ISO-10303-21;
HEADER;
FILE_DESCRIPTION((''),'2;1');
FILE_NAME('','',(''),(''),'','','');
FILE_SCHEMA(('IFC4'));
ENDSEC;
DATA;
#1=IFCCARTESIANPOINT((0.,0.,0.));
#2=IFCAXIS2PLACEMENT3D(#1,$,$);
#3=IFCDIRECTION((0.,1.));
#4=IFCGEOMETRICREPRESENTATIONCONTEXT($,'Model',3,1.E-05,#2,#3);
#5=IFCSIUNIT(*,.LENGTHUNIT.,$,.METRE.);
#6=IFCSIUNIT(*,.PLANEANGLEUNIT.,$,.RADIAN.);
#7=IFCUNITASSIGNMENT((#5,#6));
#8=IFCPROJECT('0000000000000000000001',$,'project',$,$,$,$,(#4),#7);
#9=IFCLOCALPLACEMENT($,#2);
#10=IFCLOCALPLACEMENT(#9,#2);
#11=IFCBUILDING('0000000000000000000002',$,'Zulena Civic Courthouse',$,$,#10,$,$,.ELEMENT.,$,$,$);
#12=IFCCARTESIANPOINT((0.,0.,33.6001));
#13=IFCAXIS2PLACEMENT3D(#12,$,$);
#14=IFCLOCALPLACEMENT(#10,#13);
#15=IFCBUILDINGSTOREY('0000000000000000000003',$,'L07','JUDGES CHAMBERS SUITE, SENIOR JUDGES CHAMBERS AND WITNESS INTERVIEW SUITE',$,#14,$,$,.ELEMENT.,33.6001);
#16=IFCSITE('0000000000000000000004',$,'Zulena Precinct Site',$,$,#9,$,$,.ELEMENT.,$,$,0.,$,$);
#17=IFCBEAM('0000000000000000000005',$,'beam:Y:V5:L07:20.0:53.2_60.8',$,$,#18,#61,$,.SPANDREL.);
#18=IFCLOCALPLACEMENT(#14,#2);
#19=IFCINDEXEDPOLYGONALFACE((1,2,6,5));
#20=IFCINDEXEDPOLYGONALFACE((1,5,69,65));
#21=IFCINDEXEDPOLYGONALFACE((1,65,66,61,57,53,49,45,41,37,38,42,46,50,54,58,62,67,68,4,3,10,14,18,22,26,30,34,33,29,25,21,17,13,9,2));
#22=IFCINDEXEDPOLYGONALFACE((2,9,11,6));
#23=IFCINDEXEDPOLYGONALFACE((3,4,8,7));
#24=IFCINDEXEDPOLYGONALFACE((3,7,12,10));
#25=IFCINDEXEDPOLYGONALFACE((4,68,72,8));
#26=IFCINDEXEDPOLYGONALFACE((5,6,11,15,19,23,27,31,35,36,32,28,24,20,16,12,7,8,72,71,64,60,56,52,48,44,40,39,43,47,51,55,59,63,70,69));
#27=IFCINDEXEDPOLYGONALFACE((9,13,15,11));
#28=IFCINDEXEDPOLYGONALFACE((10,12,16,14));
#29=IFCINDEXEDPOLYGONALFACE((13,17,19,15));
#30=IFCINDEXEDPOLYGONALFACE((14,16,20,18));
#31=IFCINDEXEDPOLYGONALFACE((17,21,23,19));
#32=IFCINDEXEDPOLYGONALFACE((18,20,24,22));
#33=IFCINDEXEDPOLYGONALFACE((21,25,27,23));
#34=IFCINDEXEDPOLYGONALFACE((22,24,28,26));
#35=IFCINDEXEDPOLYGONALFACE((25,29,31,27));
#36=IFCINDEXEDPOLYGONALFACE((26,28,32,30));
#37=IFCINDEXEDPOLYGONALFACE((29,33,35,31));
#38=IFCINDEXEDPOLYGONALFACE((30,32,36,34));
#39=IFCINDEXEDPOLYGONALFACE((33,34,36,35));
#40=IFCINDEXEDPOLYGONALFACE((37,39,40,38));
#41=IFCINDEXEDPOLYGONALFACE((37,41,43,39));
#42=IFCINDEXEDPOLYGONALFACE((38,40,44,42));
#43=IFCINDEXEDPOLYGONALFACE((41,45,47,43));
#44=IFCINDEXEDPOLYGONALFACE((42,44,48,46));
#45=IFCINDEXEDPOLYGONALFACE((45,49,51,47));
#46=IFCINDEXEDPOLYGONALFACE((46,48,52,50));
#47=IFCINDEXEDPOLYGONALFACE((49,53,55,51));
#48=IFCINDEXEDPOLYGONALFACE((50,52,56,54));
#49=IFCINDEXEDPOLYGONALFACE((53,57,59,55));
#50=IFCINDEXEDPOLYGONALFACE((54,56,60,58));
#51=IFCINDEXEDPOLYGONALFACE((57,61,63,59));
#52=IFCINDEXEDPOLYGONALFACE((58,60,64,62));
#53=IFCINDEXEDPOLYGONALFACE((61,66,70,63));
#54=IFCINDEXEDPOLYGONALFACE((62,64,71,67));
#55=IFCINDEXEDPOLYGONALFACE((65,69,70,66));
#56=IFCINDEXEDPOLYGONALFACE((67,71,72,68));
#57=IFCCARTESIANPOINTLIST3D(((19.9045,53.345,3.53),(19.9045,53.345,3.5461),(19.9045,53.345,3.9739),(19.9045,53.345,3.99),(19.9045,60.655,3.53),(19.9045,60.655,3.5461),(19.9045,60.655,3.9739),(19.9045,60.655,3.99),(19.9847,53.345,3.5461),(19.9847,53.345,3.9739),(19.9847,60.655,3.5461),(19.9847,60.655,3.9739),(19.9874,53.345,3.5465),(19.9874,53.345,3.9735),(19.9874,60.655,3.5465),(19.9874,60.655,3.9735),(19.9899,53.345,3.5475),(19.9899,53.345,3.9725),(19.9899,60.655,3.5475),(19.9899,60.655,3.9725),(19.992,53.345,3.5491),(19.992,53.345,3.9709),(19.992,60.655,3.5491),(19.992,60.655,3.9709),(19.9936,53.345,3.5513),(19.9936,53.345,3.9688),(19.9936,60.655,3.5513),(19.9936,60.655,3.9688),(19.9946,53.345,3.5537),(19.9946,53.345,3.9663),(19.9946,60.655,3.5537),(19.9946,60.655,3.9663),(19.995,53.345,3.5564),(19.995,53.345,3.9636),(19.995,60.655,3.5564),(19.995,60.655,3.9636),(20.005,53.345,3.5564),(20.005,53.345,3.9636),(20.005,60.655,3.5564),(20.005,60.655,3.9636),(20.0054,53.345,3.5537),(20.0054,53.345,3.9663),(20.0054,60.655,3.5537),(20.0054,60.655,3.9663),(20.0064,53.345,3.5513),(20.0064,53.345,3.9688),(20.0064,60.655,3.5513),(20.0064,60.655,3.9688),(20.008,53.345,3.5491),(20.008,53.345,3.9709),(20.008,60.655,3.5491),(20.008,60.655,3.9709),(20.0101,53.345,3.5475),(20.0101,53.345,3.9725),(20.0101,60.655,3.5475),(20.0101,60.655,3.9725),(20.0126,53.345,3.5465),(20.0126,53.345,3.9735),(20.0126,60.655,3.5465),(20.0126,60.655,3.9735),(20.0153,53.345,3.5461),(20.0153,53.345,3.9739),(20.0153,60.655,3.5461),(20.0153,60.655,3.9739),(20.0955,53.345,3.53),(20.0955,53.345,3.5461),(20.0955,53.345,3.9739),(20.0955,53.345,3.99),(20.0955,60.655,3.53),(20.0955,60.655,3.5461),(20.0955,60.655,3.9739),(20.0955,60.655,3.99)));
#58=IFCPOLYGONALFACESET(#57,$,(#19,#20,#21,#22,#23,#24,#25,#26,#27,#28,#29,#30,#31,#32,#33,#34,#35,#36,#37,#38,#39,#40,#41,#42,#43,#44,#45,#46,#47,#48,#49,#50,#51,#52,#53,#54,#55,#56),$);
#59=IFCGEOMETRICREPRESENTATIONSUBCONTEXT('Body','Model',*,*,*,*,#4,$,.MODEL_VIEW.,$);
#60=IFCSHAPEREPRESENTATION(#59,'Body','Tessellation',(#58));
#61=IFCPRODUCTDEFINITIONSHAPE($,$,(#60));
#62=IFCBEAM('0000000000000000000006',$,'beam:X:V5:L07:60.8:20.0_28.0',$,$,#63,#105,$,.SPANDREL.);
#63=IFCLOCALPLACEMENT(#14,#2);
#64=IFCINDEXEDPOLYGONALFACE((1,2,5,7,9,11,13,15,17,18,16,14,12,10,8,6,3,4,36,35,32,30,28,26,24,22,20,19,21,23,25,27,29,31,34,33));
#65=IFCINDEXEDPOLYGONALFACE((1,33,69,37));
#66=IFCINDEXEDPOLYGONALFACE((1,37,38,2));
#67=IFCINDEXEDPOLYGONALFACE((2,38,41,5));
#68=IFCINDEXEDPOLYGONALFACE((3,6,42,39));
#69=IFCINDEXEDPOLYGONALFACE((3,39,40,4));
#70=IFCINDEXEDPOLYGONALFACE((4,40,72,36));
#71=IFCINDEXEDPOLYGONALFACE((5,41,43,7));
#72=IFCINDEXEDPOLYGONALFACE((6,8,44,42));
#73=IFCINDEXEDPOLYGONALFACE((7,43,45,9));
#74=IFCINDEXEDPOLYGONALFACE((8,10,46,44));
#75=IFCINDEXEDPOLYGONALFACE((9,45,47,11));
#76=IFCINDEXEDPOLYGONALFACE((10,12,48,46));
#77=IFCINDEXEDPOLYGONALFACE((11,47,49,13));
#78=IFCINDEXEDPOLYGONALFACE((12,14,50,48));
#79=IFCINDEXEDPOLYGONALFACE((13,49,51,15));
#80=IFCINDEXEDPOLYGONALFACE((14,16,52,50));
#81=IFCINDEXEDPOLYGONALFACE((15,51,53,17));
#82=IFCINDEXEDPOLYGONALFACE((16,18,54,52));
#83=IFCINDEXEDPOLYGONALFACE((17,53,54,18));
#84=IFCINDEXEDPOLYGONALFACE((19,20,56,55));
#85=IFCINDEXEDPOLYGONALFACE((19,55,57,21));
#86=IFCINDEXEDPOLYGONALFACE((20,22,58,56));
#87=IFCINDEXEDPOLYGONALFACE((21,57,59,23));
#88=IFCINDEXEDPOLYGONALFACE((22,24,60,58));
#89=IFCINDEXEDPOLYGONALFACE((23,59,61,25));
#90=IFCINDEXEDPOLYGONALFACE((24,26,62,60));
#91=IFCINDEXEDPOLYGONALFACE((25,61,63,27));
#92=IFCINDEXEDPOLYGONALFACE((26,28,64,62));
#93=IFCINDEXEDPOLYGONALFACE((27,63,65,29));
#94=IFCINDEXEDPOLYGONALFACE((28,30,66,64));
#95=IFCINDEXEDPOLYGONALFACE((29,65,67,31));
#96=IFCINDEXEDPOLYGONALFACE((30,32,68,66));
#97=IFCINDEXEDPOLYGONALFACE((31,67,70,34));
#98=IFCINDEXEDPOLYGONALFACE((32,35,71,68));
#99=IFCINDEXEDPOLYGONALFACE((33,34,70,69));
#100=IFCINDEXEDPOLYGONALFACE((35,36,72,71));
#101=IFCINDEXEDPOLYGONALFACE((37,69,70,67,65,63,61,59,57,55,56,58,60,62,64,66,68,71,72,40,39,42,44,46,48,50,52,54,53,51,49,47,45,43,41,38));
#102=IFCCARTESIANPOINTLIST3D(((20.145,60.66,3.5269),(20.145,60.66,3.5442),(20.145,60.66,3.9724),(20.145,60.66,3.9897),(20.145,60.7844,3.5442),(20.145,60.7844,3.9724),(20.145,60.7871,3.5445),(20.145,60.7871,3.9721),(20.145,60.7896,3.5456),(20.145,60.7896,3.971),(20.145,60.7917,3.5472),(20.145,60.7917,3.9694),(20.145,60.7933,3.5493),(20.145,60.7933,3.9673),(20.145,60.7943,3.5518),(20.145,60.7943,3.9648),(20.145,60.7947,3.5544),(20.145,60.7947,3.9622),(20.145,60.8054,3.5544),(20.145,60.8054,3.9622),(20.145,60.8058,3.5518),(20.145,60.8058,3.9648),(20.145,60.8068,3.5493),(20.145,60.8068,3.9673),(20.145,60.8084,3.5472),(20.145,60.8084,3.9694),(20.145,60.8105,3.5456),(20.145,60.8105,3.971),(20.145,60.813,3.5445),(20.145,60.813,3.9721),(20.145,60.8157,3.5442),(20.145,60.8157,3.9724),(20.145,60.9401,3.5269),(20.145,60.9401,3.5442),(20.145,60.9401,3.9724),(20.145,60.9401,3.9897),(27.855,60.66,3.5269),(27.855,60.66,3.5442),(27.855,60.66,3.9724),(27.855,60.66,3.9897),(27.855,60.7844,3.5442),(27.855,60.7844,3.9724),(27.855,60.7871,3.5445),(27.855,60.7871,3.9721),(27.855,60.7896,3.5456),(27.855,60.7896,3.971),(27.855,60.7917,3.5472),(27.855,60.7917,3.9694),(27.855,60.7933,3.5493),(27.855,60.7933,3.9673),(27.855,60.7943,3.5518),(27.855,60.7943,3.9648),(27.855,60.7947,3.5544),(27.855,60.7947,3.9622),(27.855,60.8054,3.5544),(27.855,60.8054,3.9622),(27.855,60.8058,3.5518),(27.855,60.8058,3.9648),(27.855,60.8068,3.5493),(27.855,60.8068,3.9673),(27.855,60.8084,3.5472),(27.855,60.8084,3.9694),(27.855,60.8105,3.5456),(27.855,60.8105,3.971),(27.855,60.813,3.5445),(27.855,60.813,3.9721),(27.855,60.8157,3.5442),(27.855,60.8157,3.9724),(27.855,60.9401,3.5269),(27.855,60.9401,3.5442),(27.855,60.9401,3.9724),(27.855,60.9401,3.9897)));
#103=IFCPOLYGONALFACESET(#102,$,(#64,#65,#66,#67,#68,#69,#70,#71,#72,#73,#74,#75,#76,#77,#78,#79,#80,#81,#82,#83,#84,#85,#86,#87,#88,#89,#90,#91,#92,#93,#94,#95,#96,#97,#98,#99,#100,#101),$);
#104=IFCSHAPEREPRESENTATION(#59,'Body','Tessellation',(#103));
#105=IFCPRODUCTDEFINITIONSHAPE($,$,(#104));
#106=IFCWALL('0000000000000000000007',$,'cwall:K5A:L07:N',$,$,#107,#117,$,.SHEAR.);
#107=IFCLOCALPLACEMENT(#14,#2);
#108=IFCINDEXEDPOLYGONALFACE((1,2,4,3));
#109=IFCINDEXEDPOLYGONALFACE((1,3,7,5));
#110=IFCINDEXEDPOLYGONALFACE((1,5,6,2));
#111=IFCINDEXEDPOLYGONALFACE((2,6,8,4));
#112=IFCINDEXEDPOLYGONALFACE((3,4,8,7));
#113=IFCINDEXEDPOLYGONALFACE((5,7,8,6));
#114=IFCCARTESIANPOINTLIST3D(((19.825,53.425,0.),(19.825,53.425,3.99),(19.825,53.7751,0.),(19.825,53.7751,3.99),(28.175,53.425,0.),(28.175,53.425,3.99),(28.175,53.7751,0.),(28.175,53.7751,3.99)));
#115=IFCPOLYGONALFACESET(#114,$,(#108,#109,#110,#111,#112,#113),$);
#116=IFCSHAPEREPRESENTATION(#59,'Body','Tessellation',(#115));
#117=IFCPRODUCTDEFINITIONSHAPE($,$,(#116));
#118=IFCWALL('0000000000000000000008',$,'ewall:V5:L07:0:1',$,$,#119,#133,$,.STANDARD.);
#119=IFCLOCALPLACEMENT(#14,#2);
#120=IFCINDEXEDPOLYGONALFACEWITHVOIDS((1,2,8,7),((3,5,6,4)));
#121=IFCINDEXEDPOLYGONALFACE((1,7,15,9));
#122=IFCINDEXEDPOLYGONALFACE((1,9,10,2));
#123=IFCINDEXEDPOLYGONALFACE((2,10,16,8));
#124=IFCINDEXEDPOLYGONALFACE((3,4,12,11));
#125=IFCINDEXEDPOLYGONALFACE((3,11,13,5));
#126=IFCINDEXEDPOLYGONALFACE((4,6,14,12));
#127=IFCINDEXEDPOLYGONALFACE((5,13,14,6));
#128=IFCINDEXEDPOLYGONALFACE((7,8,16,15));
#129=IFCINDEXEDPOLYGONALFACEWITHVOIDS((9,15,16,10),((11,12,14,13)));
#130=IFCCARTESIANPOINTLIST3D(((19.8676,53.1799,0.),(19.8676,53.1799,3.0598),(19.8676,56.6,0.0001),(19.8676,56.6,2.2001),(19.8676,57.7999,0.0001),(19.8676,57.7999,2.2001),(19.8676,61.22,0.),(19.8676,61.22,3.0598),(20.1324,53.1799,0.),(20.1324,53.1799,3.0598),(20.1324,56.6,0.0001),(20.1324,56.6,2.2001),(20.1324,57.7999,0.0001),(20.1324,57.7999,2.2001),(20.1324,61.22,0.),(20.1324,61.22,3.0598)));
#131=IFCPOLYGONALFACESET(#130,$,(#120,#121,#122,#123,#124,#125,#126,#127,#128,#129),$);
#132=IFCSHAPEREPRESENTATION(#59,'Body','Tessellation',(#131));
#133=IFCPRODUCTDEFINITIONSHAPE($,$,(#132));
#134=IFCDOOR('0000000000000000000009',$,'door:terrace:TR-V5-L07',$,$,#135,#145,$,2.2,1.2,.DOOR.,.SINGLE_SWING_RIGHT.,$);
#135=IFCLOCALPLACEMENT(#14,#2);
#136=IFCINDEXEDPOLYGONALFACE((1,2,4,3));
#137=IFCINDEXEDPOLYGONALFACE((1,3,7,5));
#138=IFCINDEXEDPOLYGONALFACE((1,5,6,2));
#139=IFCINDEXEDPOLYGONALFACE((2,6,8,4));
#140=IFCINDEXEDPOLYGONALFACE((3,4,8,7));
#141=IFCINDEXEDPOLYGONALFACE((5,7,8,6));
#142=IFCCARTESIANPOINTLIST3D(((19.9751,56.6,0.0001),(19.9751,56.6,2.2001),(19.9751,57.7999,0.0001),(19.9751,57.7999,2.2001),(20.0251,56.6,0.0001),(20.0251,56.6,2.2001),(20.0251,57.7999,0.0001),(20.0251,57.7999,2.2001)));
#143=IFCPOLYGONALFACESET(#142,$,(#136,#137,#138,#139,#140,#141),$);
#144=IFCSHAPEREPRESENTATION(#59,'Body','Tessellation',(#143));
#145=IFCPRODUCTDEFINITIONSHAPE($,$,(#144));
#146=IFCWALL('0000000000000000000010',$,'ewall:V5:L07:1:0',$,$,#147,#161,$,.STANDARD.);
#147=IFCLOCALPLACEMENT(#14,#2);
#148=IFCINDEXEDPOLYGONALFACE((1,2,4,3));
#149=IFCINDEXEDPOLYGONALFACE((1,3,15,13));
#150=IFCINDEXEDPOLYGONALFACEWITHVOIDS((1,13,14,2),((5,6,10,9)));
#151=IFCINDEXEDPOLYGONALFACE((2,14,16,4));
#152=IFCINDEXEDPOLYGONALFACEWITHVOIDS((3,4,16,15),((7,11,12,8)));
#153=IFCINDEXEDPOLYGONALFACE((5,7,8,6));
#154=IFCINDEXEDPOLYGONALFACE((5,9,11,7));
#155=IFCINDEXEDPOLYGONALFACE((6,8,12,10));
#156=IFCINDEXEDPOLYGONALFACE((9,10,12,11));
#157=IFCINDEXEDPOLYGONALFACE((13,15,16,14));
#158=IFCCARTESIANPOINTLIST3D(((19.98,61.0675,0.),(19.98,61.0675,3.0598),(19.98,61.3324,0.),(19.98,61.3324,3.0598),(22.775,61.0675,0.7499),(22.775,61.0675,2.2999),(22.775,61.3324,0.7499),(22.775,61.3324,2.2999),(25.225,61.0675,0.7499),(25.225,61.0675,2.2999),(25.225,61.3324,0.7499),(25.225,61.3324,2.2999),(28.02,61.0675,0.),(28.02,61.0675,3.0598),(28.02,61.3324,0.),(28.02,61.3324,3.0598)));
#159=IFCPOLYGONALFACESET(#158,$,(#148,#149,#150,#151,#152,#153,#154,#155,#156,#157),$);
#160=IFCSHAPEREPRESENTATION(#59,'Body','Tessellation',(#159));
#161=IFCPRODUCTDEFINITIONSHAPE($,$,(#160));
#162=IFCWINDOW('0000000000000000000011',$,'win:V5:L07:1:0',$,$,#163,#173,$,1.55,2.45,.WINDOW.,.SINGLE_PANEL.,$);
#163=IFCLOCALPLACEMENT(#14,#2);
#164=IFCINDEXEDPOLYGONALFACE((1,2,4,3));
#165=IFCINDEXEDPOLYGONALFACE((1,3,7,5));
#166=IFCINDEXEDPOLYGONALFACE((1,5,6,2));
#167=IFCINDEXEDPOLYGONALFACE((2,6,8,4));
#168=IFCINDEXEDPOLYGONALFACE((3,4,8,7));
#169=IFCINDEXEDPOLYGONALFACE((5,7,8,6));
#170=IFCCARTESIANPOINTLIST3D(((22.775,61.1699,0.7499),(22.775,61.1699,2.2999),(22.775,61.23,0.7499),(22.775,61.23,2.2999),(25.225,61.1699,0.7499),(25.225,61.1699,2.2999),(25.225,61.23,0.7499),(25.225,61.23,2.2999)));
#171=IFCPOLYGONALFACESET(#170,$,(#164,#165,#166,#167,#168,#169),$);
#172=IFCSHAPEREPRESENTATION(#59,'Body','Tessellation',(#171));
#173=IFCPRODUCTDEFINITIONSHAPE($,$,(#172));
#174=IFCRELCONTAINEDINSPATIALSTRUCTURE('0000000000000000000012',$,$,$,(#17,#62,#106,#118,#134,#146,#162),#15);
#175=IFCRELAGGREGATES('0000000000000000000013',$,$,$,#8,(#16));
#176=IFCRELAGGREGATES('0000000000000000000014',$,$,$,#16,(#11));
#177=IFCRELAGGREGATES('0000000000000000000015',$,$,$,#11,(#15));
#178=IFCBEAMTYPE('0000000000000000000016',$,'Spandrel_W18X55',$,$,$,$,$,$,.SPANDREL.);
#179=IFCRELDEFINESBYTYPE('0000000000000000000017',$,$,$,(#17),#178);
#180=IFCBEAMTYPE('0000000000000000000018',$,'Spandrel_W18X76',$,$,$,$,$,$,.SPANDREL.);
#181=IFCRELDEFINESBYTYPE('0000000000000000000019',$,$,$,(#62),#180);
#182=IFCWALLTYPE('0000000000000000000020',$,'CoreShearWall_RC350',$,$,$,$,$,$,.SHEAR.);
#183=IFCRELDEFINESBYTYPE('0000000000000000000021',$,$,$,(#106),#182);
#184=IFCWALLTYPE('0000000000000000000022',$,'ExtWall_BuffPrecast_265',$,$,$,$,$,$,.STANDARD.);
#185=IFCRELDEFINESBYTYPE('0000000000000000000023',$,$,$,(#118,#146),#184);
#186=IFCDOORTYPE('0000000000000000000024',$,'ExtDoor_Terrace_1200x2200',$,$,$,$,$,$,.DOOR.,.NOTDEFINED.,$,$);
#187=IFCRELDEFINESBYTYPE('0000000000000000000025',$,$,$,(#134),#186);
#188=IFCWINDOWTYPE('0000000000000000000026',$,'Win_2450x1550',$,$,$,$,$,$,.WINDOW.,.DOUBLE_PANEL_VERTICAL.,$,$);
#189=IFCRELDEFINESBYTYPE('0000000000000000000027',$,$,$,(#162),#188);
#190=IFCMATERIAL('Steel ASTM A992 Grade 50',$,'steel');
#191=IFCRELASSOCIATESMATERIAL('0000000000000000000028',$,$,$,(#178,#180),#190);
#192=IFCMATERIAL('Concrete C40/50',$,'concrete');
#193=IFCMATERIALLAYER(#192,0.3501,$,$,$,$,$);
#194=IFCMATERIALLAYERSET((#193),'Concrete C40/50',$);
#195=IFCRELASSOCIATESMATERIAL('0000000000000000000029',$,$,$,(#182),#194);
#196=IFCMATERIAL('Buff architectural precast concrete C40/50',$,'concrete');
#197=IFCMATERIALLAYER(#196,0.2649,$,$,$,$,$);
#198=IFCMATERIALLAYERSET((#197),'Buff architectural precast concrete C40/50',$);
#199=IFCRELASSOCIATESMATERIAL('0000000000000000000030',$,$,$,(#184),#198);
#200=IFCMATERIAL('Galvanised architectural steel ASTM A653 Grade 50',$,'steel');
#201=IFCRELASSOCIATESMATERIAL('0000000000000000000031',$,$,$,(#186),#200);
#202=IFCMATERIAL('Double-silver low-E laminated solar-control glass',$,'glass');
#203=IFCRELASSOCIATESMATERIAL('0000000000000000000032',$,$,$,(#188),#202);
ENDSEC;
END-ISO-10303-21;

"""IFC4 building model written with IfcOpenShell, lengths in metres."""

from ifc_helpers import new_model, si_unit, direction, frame, frame_2d, origin, origin_2d, place, context, subcontext, project, spatial, rectangle, i_section, extrude, material, layer, layer_set, material_profile, profile_set, type_object, element, fill, save


model = new_model("IFC4")

# Units and contexts
model_context = context("Model", 3, precision=1e-05, world=origin(), true_north=direction((0.0, 1.0)))
body_context = subcontext(model_context, "Body", "Model", "MODEL_VIEW")
ifc_project = project(units=[si_unit("LENGTHUNIT", "METRE"), si_unit("PLANEANGLEUNIT", "RADIAN")], contexts=[model_context])

# Site, building, storey
site_placement = place(None, origin())
site = spatial("IfcSite", under=ifc_project, at=site_placement, Name="Zulena Precinct Site", CompositionType="ELEMENT", RefElevation=0.0)
building_placement = place(site_placement, origin())
building = spatial("IfcBuilding", under=site, at=building_placement, Name="Zulena Civic Courthouse", CompositionType="ELEMENT")
storey_placement = place(building_placement, frame((0.0, 0.0, 33.6001)))
storey = spatial("IfcBuildingStorey", under=building, at=storey_placement, Name="L07", Description="JUDGES CHAMBERS SUITE, SENIOR JUDGES CHAMBERS AND WITNESS INTERVIEW SUITE", CompositionType="ELEMENT", Elevation=33.6001)

# Shared definitions
ifc_material_1 = material(Name="Steel ASTM A992 Grade 50", Category="steel")

# Beams
ifc_material_profile_1 = material_profile(ifc_material_1, i_section(OverallWidth=0.1909, OverallDepth=0.46, WebThickness=0.01, FlangeThickness=0.0161, FilletRadius=0.0103, at=origin_2d()), Name="W18X55")
ifc_profile_set_1 = profile_set([ifc_material_profile_1], Name="Steel ASTM A992 Grade 50")
beam_type_1 = type_object("IfcBeamType", Name="Spandrel_W18X55", PredefinedType="SPANDREL", material=ifc_profile_set_1)
beam_1_placement = place(storey_placement, frame((20.0, 53.345, 3.76), z_axis=(0.0, 1.0, 0.0), x_axis=(-1.0, 0.0, 0.0)))
element("IfcBeam", 1, at=beam_1_placement, inside=storey, type_object=beam_type_1, Name="beam:Y:V5:L07:20.0:53.2_60.8", PredefinedType="SPANDREL", context=body_context, shape_type="SweptSolid", body=[
    extrude(i_section(OverallWidth=0.1909, OverallDepth=0.46, WebThickness=0.01, FlangeThickness=0.0161, FilletRadius=0.0103, at=origin_2d()), origin(), (0.0, 0.0, 1.0), 7.3101),
])
ifc_material_profile_2 = material_profile(ifc_material_1, i_section(OverallWidth=0.28, OverallDepth=0.4629, WebThickness=0.0107, FlangeThickness=0.0173, FilletRadius=0.0103, at=origin_2d()), Name="W18X76")
ifc_profile_set_2 = profile_set([ifc_material_profile_2], Name="Steel ASTM A992 Grade 50")
beam_type_2 = type_object("IfcBeamType", Name="Spandrel_W18X76", PredefinedType="SPANDREL", material=ifc_profile_set_2)
beam_2_placement = place(storey_placement, frame((20.145, 60.8, 3.7583), z_axis=(1.0, 0.0, 0.0), x_axis=(0.0, 1.0, 0.0)))
element("IfcBeam", 2, at=beam_2_placement, inside=storey, type_object=beam_type_2, Name="beam:X:V5:L07:60.8:20.0_28.0", PredefinedType="SPANDREL", context=body_context, shape_type="SweptSolid", body=[
    extrude(i_section(OverallWidth=0.28, OverallDepth=0.4629, WebThickness=0.0107, FlangeThickness=0.0173, FilletRadius=0.0103, at=origin_2d()), origin(), (0.0, 0.0, 1.0), 7.71),
])

# Wall
ifc_material_2 = material(Name="Concrete C40/50", Category="concrete")
ifc_layer_1 = layer(ifc_material_2, 0.3501)
ifc_layer_set_1 = layer_set([ifc_layer_1], Name="Concrete C40/50")
wall_type_1 = type_object("IfcWallType", Name="CoreShearWall_RC350", PredefinedType="SHEAR", material=ifc_layer_set_1)
wall_1_placement = place(storey_placement, frame((19.825, 53.6001, 0.0), z_axis=(0.0, 0.0, 1.0), x_axis=(1.0, 0.0, 0.0)))
element("IfcWall", 3, at=wall_1_placement, inside=storey, type_object=wall_type_1, Name="cwall:K5A:L07:N", PredefinedType="SHEAR", context=body_context, shape_type="SweptSolid", body=[
    extrude(rectangle(XDim=8.3501, YDim=0.3501, at=frame_2d((4.175, 0.0))), origin(), (0.0, 0.0, 1.0), 3.99),
])

# Wall, opening, door
ifc_material_3 = material(Name="Buff architectural precast concrete C40/50", Category="concrete")
ifc_layer_2 = layer(ifc_material_3, 0.2649)
ifc_layer_set_2 = layer_set([ifc_layer_2], Name="Buff architectural precast concrete C40/50")
wall_type_2 = type_object("IfcWallType", Name="ExtWall_BuffPrecast_265", PredefinedType="STANDARD", material=ifc_layer_set_2)
wall_2_placement = place(storey_placement, frame((20.0, 53.1799, 0.0), z_axis=(0.0, 0.0, 1.0), x_axis=(0.0, 1.0, 0.0)))
wall_2 = element("IfcWall", 4, at=wall_2_placement, inside=storey, type_object=wall_type_2, Name="ewall:V5:L07:0:1", PredefinedType="STANDARD", context=body_context, shape_type="SweptSolid", body=[
    extrude(rectangle(XDim=8.04, YDim=0.2649, at=frame_2d((4.02, 0.0))), origin(), (0.0, 0.0, 1.0), 3.0598),
])
opening_1_placement = place(wall_2_placement, frame((3.4199, 0.0, 0.0)))
opening_1 = element("IfcOpeningElement", 5, at=opening_1_placement, cuts=wall_2, PredefinedType="OPENING", context=body_context, shape_type="SweptSolid", body=[
    extrude(rectangle(XDim=1.2, YDim=2.2, at=frame_2d((0.6001, 1.1001))), frame((0.0, 0.1423, 0.0), z_axis=(0.0, -1.0, 0.0), x_axis=(1.0, 0.0, 0.0)), (0.0, 0.0, 1.0), 0.2849),
])
ifc_material_4 = material(Name="Galvanised architectural steel ASTM A653 Grade 50", Category="steel")
door_type_1 = type_object("IfcDoorType", Name="ExtDoor_Terrace_1200x2200", OperationType="NOTDEFINED", PredefinedType="DOOR", material=ifc_material_4)
door_1_placement = place(opening_1_placement, origin())
door_1 = element("IfcDoor", 6, at=door_1_placement, inside=storey, type_object=door_type_1, Name="door:terrace:TR-V5-L07", OperationType="SINGLE_SWING_RIGHT", OverallHeight=2.2, OverallWidth=1.2, PredefinedType="DOOR", context=body_context, shape_type="SweptSolid", body=[
    extrude(rectangle(XDim=1.2, YDim=2.2, at=frame_2d((0.6001, 1.1001))), frame((0.0, 0.0249, 0.0), z_axis=(0.0, -1.0, 0.0), x_axis=(1.0, 0.0, 0.0)), (0.0, 0.0, 1.0), 0.05),
])
fill(opening_1, door_1)

# Wall, opening, window
wall_3_placement = place(storey_placement, frame((19.98, 61.2, 0.0), z_axis=(0.0, 0.0, 1.0), x_axis=(1.0, 0.0, 0.0)))
wall_3 = element("IfcWall", 7, at=wall_3_placement, inside=storey, type_object=wall_type_2, Name="ewall:V5:L07:1:0", PredefinedType="STANDARD", context=body_context, shape_type="SweptSolid", body=[
    extrude(rectangle(XDim=8.04, YDim=0.2649, at=frame_2d((4.02, 0.0))), origin(), (0.0, 0.0, 1.0), 3.0598),
])
opening_2_placement = place(wall_3_placement, frame((2.7949, 0.0, 0.75)))
opening_2 = element("IfcOpeningElement", 8, at=opening_2_placement, cuts=wall_3, PredefinedType="OPENING", context=body_context, shape_type="SweptSolid", body=[
    extrude(rectangle(XDim=2.45, YDim=1.55, at=frame_2d((1.2251, 0.7749))), frame((0.0, 0.1423, 0.0), z_axis=(0.0, -1.0, 0.0), x_axis=(1.0, 0.0, 0.0)), (0.0, 0.0, 1.0), 0.2849),
])
ifc_material_5 = material(Name="Double-silver low-E laminated solar-control glass", Category="glass")
window_type = type_object("IfcWindowType", Name="Win_2450x1550", PartitioningType="DOUBLE_PANEL_VERTICAL", PredefinedType="WINDOW", material=ifc_material_5)
window_placement = place(opening_2_placement, origin())
window = element("IfcWindow", 9, at=window_placement, inside=storey, type_object=window_type, Name="win:V5:L07:1:0", OverallHeight=1.55, OverallWidth=2.45, PartitioningType="SINGLE_PANEL", PredefinedType="WINDOW", context=body_context, shape_type="SweptSolid", body=[
    extrude(rectangle(XDim=2.45, YDim=1.55, at=frame_2d((1.2251, 0.7749))), frame((0.0, 0.03, 0.0), z_axis=(0.0, -1.0, 0.0), x_axis=(1.0, 0.0, 0.0)), (0.0, 0.0, 1.0), 0.0601),
])
fill(opening_2, window)

save(model, "model.ifc")
